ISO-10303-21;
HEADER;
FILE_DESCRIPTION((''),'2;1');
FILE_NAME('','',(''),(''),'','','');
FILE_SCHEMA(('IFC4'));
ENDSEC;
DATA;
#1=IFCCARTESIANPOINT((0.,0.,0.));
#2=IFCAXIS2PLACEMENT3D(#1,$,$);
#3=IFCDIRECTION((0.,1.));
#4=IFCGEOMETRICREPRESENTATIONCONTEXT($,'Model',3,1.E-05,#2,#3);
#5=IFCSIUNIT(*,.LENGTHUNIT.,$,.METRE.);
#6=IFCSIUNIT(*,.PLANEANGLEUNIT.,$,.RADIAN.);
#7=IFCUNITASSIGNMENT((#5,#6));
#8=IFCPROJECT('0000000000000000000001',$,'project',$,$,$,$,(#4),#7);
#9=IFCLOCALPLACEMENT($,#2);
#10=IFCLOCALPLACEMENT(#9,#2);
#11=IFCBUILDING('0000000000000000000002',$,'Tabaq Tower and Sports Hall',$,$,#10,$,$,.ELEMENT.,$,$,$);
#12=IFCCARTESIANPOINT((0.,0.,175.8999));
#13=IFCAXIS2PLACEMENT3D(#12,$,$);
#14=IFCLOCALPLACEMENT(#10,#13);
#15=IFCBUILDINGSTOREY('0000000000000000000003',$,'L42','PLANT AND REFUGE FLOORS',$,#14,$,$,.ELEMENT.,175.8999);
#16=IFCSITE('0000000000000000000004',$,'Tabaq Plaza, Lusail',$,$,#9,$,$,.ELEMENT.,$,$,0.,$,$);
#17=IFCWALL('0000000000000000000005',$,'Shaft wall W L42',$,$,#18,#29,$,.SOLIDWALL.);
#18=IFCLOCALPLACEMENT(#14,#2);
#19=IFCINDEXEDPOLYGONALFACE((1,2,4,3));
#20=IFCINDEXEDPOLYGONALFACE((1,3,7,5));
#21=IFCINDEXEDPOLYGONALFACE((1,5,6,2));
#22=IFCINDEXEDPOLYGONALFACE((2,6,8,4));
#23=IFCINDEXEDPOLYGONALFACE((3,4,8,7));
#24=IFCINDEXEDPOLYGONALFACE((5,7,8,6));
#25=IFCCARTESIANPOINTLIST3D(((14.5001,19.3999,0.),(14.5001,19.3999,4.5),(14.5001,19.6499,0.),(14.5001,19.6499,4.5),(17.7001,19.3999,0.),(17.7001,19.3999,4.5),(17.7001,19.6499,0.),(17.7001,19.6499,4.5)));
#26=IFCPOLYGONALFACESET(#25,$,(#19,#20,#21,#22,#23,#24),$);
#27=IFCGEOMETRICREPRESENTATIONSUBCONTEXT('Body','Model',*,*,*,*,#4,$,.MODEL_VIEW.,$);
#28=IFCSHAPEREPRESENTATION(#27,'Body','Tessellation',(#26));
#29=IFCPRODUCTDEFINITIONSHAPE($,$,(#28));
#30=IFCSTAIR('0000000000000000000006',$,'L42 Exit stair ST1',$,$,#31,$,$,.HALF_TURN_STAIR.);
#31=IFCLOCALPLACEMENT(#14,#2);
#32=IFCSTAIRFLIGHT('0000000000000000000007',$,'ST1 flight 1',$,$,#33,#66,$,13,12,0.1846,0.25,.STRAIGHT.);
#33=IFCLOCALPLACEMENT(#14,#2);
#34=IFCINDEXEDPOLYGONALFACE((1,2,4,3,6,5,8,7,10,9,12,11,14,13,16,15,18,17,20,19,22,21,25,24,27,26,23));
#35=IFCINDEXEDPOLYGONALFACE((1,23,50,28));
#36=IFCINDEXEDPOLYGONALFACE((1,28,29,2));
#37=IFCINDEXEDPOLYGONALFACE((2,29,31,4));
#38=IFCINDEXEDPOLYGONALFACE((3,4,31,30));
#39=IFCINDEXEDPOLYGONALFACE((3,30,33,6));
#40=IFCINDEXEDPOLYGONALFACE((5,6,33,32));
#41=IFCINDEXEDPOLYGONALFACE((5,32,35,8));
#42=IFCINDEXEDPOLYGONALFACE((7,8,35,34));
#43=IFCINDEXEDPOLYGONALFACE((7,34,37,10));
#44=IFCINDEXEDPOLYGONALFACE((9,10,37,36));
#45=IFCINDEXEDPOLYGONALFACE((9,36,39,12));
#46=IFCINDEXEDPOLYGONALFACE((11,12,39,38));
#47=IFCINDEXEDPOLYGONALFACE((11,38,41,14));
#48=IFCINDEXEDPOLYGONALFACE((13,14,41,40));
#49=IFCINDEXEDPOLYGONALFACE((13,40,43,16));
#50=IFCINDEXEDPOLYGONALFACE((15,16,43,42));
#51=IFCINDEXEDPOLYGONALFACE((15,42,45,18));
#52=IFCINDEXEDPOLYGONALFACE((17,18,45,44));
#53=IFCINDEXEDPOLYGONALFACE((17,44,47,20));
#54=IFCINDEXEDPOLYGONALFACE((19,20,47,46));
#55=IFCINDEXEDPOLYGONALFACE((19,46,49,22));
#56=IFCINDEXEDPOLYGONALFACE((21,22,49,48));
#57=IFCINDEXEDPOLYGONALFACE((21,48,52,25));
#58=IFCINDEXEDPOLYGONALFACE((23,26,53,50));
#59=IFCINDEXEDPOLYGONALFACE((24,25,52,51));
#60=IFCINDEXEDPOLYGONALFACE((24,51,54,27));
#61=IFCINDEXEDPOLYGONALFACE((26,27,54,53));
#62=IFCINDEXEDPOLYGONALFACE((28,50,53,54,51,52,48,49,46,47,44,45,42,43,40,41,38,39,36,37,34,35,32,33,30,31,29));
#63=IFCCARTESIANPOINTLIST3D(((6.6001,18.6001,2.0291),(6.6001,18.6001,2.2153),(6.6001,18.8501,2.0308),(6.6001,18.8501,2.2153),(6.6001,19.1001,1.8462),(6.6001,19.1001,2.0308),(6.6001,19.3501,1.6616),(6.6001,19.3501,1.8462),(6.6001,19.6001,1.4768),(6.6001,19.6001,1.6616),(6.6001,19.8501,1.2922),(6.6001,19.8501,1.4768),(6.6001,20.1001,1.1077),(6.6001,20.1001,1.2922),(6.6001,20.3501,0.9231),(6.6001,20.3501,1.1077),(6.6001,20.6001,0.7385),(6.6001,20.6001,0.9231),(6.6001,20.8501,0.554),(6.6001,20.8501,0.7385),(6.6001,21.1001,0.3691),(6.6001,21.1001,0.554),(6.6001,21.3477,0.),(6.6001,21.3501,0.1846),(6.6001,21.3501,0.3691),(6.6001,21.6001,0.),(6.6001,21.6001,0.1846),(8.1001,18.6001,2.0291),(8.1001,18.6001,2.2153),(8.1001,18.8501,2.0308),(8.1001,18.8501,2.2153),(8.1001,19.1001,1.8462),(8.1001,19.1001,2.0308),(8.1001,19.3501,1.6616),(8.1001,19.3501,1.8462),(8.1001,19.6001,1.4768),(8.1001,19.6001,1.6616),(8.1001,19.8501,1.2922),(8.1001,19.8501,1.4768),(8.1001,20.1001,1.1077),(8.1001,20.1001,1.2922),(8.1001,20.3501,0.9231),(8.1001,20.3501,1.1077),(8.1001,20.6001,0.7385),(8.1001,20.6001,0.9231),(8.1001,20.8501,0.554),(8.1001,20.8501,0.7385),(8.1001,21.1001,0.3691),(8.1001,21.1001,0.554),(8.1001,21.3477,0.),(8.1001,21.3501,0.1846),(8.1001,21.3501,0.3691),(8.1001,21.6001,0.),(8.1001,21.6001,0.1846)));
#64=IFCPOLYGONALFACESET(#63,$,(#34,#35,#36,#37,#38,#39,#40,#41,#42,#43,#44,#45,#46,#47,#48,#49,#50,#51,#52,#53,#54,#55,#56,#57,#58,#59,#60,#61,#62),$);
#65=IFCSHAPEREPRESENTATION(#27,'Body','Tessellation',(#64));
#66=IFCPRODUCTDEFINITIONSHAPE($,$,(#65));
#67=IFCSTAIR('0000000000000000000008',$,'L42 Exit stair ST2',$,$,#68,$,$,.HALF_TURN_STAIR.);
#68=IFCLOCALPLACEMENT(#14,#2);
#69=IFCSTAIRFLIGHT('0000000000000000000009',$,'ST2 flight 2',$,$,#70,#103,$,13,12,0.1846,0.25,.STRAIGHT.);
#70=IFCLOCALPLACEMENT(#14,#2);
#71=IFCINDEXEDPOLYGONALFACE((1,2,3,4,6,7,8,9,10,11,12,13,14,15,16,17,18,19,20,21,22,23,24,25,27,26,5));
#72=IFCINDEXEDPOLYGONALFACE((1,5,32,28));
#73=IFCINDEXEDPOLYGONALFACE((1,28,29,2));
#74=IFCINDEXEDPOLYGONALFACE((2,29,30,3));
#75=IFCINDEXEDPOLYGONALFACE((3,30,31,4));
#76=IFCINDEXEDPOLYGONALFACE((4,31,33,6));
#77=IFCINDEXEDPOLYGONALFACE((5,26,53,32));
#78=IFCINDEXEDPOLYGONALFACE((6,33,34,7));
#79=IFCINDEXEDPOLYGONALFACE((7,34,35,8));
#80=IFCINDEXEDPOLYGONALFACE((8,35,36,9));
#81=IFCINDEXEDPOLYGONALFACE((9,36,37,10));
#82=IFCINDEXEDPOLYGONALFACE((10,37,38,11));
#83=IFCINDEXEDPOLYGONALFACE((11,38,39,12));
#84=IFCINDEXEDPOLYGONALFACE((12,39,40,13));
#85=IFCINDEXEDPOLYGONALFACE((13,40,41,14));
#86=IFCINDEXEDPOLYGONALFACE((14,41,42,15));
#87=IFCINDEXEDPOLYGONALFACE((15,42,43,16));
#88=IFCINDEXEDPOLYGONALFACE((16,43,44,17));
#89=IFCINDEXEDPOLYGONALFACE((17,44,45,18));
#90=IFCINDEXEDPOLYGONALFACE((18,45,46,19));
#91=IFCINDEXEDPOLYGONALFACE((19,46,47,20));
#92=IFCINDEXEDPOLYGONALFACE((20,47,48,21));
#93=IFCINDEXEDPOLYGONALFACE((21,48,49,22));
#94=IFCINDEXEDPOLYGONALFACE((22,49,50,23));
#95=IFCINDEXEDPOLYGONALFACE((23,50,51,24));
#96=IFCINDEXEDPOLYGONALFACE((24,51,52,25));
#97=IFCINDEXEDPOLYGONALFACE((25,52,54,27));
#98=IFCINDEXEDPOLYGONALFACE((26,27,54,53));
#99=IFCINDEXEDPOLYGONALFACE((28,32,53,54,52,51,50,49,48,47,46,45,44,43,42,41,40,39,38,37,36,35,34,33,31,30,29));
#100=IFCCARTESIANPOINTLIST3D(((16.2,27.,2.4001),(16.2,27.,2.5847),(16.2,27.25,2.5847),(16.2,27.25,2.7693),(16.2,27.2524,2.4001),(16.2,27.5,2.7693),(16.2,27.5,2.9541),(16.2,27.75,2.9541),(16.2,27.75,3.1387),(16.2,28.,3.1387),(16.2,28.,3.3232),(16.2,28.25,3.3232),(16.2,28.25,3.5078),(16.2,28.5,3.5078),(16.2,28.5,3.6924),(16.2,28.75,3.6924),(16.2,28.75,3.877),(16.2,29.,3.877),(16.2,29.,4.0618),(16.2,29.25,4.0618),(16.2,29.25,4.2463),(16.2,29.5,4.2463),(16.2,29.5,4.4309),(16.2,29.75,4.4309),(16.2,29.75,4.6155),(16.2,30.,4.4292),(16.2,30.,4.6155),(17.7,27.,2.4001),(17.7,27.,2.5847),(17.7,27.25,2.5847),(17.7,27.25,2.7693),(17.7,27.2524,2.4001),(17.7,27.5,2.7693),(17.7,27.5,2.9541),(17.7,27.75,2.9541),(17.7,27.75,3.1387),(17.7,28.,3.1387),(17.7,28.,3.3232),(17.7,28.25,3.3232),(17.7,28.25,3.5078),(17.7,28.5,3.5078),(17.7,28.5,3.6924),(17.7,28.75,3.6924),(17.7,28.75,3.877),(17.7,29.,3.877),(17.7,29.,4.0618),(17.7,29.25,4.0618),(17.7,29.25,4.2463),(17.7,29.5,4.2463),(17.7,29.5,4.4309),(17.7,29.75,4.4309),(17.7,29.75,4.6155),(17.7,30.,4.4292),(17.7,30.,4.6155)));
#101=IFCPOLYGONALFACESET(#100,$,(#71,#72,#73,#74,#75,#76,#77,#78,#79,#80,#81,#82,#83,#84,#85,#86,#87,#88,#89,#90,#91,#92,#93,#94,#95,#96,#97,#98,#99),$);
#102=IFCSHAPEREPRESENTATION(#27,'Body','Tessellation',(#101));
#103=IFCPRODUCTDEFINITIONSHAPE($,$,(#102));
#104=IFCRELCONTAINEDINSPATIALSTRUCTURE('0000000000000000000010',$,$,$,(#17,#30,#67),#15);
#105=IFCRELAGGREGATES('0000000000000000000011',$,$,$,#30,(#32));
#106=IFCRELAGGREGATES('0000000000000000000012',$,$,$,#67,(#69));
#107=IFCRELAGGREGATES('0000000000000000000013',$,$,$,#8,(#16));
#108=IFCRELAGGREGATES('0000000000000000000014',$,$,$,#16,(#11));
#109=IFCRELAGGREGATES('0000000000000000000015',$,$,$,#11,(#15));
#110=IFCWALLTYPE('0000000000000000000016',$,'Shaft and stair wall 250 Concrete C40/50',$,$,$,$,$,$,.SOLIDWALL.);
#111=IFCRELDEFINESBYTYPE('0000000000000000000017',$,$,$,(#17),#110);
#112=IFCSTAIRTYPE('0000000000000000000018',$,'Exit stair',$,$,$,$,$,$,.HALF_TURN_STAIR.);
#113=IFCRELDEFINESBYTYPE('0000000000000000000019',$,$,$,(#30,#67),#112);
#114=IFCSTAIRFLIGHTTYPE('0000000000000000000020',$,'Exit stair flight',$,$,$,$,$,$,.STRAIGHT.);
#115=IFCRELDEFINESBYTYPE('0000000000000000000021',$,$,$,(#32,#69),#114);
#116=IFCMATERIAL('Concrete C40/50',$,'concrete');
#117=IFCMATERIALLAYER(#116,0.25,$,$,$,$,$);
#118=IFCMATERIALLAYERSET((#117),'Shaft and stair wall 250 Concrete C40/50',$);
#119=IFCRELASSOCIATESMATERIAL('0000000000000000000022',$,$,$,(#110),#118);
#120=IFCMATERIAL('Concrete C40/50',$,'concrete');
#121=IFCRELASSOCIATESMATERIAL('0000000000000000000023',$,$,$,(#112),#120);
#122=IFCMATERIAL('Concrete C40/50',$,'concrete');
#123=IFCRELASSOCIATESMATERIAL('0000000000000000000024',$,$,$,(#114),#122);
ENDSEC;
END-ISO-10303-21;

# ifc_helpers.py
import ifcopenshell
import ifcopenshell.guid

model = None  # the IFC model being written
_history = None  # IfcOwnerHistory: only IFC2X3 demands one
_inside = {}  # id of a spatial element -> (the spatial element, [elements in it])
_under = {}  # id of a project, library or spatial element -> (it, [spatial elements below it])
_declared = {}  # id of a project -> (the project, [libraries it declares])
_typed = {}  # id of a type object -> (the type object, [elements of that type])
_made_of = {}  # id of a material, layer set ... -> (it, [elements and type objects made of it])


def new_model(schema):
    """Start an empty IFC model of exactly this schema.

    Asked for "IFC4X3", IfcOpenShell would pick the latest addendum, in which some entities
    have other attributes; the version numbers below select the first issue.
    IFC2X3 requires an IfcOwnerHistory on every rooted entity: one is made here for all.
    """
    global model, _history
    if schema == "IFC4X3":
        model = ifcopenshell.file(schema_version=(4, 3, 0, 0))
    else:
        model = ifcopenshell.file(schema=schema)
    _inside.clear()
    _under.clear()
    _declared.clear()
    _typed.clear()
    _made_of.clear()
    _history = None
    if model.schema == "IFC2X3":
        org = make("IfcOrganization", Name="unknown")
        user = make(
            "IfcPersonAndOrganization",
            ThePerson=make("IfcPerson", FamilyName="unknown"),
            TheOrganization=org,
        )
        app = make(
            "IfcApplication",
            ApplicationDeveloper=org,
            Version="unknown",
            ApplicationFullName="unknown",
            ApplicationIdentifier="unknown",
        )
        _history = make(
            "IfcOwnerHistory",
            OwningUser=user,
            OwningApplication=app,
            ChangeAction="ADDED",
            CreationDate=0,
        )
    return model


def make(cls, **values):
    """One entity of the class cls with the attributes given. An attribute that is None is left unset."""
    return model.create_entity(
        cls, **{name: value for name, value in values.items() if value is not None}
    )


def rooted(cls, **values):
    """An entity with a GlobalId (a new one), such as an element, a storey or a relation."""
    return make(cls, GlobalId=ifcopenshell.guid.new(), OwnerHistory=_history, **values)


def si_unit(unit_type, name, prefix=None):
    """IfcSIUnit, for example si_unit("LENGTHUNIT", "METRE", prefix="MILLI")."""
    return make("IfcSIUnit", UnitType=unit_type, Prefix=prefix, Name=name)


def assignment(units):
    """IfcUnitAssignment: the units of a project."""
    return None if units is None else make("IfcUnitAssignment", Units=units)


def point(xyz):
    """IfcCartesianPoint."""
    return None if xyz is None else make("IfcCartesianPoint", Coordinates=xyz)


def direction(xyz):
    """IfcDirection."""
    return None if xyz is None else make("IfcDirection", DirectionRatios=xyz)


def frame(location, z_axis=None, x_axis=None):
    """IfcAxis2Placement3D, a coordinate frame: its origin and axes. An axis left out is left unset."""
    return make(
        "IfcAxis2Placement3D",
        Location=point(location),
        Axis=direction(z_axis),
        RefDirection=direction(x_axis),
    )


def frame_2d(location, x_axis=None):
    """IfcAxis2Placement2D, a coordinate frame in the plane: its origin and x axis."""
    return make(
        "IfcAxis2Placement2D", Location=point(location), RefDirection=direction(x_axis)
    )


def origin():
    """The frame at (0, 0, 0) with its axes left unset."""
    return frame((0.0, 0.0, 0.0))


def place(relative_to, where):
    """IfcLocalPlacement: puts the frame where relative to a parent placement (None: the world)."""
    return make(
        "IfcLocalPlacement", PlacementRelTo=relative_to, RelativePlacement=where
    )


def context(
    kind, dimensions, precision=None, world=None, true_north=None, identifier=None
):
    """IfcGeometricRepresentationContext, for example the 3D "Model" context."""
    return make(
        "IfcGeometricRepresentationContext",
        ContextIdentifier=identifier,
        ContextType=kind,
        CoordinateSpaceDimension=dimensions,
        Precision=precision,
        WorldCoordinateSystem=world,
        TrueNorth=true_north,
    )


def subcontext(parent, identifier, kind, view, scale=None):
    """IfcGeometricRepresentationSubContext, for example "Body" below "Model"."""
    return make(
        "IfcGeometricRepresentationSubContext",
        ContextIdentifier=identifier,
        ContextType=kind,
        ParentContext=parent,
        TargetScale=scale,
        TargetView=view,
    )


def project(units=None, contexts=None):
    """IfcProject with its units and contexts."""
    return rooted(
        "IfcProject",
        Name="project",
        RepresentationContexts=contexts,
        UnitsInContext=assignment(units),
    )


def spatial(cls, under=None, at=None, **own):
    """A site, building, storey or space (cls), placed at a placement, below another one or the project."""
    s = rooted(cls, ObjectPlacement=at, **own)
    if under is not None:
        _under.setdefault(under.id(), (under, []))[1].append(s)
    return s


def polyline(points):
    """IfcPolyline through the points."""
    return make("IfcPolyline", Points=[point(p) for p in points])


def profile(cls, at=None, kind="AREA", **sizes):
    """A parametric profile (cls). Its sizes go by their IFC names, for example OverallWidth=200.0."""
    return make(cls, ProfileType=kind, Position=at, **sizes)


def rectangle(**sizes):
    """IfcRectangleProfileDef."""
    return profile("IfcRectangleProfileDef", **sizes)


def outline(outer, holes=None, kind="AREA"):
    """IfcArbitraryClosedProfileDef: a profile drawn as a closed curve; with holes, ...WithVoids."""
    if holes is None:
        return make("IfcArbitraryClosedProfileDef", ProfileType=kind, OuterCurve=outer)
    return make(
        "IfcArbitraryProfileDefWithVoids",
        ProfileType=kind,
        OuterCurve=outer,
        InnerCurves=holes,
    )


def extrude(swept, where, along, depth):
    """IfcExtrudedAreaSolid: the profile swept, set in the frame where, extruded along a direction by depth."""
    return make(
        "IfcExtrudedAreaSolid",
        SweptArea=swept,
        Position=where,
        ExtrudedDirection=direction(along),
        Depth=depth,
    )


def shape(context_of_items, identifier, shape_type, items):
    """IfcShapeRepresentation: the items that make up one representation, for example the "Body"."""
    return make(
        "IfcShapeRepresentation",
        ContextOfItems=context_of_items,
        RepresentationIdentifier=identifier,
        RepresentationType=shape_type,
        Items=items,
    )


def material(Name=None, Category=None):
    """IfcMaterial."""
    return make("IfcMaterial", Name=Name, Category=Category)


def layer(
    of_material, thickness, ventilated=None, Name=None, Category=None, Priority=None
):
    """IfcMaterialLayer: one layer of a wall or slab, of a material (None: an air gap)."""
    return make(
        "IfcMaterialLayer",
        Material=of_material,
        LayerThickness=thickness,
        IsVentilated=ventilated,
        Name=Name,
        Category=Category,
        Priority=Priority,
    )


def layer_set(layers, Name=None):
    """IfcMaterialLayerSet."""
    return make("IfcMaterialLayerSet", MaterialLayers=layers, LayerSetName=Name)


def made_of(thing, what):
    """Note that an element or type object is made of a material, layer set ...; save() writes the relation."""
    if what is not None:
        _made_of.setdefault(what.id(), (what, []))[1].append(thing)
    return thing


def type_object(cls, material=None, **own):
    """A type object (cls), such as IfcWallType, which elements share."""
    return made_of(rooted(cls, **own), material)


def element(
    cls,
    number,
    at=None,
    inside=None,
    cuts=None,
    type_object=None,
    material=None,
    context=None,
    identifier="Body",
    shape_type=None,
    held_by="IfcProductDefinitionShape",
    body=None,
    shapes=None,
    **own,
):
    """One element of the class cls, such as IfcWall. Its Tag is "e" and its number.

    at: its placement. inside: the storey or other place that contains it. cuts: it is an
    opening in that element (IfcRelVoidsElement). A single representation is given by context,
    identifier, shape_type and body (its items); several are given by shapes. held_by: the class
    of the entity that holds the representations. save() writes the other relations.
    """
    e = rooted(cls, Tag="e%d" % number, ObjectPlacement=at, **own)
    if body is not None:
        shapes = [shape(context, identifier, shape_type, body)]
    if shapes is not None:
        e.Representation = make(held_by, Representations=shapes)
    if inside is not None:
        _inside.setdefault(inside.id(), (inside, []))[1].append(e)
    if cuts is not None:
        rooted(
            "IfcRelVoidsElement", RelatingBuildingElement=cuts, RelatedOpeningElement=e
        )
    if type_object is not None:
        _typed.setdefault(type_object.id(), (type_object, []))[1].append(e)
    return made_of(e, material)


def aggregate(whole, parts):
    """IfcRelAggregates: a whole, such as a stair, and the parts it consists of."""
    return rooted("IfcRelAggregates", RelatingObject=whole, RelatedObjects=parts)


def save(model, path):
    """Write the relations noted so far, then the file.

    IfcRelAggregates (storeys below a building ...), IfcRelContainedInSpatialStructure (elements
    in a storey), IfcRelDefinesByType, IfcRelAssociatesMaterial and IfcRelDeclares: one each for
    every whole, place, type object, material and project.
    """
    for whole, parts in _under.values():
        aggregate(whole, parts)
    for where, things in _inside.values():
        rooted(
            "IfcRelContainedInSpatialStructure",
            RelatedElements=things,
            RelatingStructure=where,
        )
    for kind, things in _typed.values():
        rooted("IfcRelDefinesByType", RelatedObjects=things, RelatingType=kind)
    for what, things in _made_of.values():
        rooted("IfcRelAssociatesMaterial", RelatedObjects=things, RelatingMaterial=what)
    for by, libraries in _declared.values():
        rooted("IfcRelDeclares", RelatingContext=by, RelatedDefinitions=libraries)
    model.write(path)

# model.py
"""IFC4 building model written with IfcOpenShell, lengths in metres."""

from ifc_helpers import new_model, si_unit, direction, frame, frame_2d, origin, place, context, subcontext, project, spatial, polyline, rectangle, outline, extrude, material, layer, layer_set, type_object, element, aggregate, save


model = new_model("IFC4")

# Units and contexts
model_context = context("Model", 3, precision=1e-05, world=origin(), true_north=direction((0.0, 1.0)))
body_context = subcontext(model_context, "Body", "Model", "MODEL_VIEW")
ifc_project = project(units=[si_unit("LENGTHUNIT", "METRE"), si_unit("PLANEANGLEUNIT", "RADIAN")], contexts=[model_context])

# Site, building, storey
site_placement = place(None, origin())
site = spatial("IfcSite", under=ifc_project, at=site_placement, Name="Tabaq Plaza, Lusail", CompositionType="ELEMENT", RefElevation=0.0)
building_placement = place(site_placement, origin())
building = spatial("IfcBuilding", under=site, at=building_placement, Name="Tabaq Tower and Sports Hall", CompositionType="ELEMENT")
storey_placement = place(building_placement, frame((0.0, 0.0, 175.8999)))
storey = spatial("IfcBuildingStorey", under=building, at=storey_placement, Name="L42", Description="PLANT AND REFUGE FLOORS", CompositionType="ELEMENT", Elevation=175.8999)

# Shared definitions
ifc_material_1 = material(Name="Concrete C40/50", Category="concrete")
ifc_layer_1 = layer(ifc_material_1, 0.25)
ifc_layer_set_1 = layer_set([ifc_layer_1], Name="Shaft and stair wall 250 Concrete C40/50")
wall_type_1 = type_object("IfcWallType", Name="Shaft and stair wall 250 Concrete C40/50", PredefinedType="SOLIDWALL", material=ifc_layer_set_1)

# Wall
wall_1_placement = place(storey_placement, frame((14.5, 19.5249, 0.0), z_axis=(0.0, 0.0, 1.0), x_axis=(1.0, 0.0, 0.0)))
element("IfcWall", 1, at=wall_1_placement, inside=storey, type_object=wall_type_1, Name="Shaft wall W L42", PredefinedType="SOLIDWALL", context=body_context, shape_type="SweptSolid", body=[
    extrude(rectangle(XDim=3.2, YDim=0.25, at=frame_2d((1.6001, 0.0))), origin(), (0.0, 0.0, 1.0), 4.5),
])

# Stairs, stair flights
ifc_material_2 = material(Name="Concrete C40/50", Category="concrete")
stair_type = type_object("IfcStairType", Name="Exit stair", PredefinedType="HALF_TURN_STAIR", material=ifc_material_2)
stair_1_placement = place(storey_placement, origin())
stair_1 = element("IfcStair", 2, at=stair_1_placement, inside=storey, type_object=stair_type, Name="L42 Exit stair ST1", PredefinedType="HALF_TURN_STAIR")
ifc_material_3 = material(Name="Concrete C40/50", Category="concrete")
stair_flight_type = type_object("IfcStairFlightType", Name="Exit stair flight", PredefinedType="STRAIGHT", material=ifc_material_3)
stair_flight_1_placement = place(storey_placement, frame((7.3501, 21.6001, 0.0), z_axis=(0.0, 0.0, 1.0), x_axis=(0.0, -1.0, 0.0)))
stair_flight_1 = element("IfcStairFlight", 3, at=stair_flight_1_placement, type_object=stair_flight_type, Name="ST1 flight 1", NumberOfRisers=13, NumberOfTreads=12, PredefinedType="STRAIGHT", RiserHeight=0.1846, TreadLength=0.25, context=body_context, shape_type="SweptSolid", body=[
    extrude(outline(polyline([(0.0, 0.0), (0.0, 0.1846), (0.25, 0.1846), (0.25, 0.3691), (0.5, 0.3691), (0.5, 0.554), (0.75, 0.554), (0.75, 0.7385), (1.0, 0.7385), (1.0, 0.9231), (1.25, 0.9231), (1.25, 1.1077), (1.5, 1.1077), (1.5, 1.2922), (1.75, 1.2922), (1.75, 1.4768), (2.0, 1.4768), (2.0, 1.6616), (2.25, 1.6616), (2.25, 1.8462), (2.5, 1.8462), (2.5, 2.0308), (2.75, 2.0308), (2.75, 2.2153), (3.0, 2.2153), (3.0, 2.3999), (3.0, 2.0291), (0.2524, 0.0), (0.0, 0.0)])), frame((0.0, 0.75, 0.0), z_axis=(0.0, -1.0, 0.0), x_axis=(1.0, 0.0, 0.0)), (0.0, 0.0, 1.0), 1.5),
])
aggregate(stair_1, [stair_flight_1])
stair_2_placement = place(storey_placement, origin())
stair_2 = element("IfcStair", 4, at=stair_2_placement, inside=storey, type_object=stair_type, Name="L42 Exit stair ST2", PredefinedType="HALF_TURN_STAIR")
stair_flight_2_placement = place(storey_placement, frame((16.95, 27.0, 2.4001), z_axis=(0.0, 0.0, 1.0), x_axis=(0.0, 1.0, 0.0)))
stair_flight_2 = element("IfcStairFlight", 5, at=stair_flight_2_placement, type_object=stair_flight_type, Name="ST2 flight 2", NumberOfRisers=13, NumberOfTreads=12, PredefinedType="STRAIGHT", RiserHeight=0.1846, TreadLength=0.25, context=body_context, shape_type="SweptSolid", body=[
    extrude(outline(polyline([(0.0, 0.0), (0.0, 0.1846), (0.25, 0.1846), (0.25, 0.3691), (0.5, 0.3691), (0.5, 0.554), (0.75, 0.554), (0.75, 0.7385), (1.0, 0.7385), (1.0, 0.9231), (1.25, 0.9231), (1.25, 1.1077), (1.5, 1.1077), (1.5, 1.2922), (1.75, 1.2922), (1.75, 1.4768), (2.0, 1.4768), (2.0, 1.6616), (2.25, 1.6616), (2.25, 1.8462), (2.5, 1.8462), (2.5, 2.0308), (2.75, 2.0308), (2.75, 2.2153), (3.0, 2.2153), (3.0, 2.3999), (3.0, 2.0291), (0.2524, 0.0), (0.0, 0.0)])), frame((0.0, 0.75, 0.0), z_axis=(0.0, -1.0, 0.0), x_axis=(1.0, 0.0, 0.0)), (0.0, 0.0, 1.0), 1.5),
])
aggregate(stair_2, [stair_flight_2])

save(model, "model.ifc")
